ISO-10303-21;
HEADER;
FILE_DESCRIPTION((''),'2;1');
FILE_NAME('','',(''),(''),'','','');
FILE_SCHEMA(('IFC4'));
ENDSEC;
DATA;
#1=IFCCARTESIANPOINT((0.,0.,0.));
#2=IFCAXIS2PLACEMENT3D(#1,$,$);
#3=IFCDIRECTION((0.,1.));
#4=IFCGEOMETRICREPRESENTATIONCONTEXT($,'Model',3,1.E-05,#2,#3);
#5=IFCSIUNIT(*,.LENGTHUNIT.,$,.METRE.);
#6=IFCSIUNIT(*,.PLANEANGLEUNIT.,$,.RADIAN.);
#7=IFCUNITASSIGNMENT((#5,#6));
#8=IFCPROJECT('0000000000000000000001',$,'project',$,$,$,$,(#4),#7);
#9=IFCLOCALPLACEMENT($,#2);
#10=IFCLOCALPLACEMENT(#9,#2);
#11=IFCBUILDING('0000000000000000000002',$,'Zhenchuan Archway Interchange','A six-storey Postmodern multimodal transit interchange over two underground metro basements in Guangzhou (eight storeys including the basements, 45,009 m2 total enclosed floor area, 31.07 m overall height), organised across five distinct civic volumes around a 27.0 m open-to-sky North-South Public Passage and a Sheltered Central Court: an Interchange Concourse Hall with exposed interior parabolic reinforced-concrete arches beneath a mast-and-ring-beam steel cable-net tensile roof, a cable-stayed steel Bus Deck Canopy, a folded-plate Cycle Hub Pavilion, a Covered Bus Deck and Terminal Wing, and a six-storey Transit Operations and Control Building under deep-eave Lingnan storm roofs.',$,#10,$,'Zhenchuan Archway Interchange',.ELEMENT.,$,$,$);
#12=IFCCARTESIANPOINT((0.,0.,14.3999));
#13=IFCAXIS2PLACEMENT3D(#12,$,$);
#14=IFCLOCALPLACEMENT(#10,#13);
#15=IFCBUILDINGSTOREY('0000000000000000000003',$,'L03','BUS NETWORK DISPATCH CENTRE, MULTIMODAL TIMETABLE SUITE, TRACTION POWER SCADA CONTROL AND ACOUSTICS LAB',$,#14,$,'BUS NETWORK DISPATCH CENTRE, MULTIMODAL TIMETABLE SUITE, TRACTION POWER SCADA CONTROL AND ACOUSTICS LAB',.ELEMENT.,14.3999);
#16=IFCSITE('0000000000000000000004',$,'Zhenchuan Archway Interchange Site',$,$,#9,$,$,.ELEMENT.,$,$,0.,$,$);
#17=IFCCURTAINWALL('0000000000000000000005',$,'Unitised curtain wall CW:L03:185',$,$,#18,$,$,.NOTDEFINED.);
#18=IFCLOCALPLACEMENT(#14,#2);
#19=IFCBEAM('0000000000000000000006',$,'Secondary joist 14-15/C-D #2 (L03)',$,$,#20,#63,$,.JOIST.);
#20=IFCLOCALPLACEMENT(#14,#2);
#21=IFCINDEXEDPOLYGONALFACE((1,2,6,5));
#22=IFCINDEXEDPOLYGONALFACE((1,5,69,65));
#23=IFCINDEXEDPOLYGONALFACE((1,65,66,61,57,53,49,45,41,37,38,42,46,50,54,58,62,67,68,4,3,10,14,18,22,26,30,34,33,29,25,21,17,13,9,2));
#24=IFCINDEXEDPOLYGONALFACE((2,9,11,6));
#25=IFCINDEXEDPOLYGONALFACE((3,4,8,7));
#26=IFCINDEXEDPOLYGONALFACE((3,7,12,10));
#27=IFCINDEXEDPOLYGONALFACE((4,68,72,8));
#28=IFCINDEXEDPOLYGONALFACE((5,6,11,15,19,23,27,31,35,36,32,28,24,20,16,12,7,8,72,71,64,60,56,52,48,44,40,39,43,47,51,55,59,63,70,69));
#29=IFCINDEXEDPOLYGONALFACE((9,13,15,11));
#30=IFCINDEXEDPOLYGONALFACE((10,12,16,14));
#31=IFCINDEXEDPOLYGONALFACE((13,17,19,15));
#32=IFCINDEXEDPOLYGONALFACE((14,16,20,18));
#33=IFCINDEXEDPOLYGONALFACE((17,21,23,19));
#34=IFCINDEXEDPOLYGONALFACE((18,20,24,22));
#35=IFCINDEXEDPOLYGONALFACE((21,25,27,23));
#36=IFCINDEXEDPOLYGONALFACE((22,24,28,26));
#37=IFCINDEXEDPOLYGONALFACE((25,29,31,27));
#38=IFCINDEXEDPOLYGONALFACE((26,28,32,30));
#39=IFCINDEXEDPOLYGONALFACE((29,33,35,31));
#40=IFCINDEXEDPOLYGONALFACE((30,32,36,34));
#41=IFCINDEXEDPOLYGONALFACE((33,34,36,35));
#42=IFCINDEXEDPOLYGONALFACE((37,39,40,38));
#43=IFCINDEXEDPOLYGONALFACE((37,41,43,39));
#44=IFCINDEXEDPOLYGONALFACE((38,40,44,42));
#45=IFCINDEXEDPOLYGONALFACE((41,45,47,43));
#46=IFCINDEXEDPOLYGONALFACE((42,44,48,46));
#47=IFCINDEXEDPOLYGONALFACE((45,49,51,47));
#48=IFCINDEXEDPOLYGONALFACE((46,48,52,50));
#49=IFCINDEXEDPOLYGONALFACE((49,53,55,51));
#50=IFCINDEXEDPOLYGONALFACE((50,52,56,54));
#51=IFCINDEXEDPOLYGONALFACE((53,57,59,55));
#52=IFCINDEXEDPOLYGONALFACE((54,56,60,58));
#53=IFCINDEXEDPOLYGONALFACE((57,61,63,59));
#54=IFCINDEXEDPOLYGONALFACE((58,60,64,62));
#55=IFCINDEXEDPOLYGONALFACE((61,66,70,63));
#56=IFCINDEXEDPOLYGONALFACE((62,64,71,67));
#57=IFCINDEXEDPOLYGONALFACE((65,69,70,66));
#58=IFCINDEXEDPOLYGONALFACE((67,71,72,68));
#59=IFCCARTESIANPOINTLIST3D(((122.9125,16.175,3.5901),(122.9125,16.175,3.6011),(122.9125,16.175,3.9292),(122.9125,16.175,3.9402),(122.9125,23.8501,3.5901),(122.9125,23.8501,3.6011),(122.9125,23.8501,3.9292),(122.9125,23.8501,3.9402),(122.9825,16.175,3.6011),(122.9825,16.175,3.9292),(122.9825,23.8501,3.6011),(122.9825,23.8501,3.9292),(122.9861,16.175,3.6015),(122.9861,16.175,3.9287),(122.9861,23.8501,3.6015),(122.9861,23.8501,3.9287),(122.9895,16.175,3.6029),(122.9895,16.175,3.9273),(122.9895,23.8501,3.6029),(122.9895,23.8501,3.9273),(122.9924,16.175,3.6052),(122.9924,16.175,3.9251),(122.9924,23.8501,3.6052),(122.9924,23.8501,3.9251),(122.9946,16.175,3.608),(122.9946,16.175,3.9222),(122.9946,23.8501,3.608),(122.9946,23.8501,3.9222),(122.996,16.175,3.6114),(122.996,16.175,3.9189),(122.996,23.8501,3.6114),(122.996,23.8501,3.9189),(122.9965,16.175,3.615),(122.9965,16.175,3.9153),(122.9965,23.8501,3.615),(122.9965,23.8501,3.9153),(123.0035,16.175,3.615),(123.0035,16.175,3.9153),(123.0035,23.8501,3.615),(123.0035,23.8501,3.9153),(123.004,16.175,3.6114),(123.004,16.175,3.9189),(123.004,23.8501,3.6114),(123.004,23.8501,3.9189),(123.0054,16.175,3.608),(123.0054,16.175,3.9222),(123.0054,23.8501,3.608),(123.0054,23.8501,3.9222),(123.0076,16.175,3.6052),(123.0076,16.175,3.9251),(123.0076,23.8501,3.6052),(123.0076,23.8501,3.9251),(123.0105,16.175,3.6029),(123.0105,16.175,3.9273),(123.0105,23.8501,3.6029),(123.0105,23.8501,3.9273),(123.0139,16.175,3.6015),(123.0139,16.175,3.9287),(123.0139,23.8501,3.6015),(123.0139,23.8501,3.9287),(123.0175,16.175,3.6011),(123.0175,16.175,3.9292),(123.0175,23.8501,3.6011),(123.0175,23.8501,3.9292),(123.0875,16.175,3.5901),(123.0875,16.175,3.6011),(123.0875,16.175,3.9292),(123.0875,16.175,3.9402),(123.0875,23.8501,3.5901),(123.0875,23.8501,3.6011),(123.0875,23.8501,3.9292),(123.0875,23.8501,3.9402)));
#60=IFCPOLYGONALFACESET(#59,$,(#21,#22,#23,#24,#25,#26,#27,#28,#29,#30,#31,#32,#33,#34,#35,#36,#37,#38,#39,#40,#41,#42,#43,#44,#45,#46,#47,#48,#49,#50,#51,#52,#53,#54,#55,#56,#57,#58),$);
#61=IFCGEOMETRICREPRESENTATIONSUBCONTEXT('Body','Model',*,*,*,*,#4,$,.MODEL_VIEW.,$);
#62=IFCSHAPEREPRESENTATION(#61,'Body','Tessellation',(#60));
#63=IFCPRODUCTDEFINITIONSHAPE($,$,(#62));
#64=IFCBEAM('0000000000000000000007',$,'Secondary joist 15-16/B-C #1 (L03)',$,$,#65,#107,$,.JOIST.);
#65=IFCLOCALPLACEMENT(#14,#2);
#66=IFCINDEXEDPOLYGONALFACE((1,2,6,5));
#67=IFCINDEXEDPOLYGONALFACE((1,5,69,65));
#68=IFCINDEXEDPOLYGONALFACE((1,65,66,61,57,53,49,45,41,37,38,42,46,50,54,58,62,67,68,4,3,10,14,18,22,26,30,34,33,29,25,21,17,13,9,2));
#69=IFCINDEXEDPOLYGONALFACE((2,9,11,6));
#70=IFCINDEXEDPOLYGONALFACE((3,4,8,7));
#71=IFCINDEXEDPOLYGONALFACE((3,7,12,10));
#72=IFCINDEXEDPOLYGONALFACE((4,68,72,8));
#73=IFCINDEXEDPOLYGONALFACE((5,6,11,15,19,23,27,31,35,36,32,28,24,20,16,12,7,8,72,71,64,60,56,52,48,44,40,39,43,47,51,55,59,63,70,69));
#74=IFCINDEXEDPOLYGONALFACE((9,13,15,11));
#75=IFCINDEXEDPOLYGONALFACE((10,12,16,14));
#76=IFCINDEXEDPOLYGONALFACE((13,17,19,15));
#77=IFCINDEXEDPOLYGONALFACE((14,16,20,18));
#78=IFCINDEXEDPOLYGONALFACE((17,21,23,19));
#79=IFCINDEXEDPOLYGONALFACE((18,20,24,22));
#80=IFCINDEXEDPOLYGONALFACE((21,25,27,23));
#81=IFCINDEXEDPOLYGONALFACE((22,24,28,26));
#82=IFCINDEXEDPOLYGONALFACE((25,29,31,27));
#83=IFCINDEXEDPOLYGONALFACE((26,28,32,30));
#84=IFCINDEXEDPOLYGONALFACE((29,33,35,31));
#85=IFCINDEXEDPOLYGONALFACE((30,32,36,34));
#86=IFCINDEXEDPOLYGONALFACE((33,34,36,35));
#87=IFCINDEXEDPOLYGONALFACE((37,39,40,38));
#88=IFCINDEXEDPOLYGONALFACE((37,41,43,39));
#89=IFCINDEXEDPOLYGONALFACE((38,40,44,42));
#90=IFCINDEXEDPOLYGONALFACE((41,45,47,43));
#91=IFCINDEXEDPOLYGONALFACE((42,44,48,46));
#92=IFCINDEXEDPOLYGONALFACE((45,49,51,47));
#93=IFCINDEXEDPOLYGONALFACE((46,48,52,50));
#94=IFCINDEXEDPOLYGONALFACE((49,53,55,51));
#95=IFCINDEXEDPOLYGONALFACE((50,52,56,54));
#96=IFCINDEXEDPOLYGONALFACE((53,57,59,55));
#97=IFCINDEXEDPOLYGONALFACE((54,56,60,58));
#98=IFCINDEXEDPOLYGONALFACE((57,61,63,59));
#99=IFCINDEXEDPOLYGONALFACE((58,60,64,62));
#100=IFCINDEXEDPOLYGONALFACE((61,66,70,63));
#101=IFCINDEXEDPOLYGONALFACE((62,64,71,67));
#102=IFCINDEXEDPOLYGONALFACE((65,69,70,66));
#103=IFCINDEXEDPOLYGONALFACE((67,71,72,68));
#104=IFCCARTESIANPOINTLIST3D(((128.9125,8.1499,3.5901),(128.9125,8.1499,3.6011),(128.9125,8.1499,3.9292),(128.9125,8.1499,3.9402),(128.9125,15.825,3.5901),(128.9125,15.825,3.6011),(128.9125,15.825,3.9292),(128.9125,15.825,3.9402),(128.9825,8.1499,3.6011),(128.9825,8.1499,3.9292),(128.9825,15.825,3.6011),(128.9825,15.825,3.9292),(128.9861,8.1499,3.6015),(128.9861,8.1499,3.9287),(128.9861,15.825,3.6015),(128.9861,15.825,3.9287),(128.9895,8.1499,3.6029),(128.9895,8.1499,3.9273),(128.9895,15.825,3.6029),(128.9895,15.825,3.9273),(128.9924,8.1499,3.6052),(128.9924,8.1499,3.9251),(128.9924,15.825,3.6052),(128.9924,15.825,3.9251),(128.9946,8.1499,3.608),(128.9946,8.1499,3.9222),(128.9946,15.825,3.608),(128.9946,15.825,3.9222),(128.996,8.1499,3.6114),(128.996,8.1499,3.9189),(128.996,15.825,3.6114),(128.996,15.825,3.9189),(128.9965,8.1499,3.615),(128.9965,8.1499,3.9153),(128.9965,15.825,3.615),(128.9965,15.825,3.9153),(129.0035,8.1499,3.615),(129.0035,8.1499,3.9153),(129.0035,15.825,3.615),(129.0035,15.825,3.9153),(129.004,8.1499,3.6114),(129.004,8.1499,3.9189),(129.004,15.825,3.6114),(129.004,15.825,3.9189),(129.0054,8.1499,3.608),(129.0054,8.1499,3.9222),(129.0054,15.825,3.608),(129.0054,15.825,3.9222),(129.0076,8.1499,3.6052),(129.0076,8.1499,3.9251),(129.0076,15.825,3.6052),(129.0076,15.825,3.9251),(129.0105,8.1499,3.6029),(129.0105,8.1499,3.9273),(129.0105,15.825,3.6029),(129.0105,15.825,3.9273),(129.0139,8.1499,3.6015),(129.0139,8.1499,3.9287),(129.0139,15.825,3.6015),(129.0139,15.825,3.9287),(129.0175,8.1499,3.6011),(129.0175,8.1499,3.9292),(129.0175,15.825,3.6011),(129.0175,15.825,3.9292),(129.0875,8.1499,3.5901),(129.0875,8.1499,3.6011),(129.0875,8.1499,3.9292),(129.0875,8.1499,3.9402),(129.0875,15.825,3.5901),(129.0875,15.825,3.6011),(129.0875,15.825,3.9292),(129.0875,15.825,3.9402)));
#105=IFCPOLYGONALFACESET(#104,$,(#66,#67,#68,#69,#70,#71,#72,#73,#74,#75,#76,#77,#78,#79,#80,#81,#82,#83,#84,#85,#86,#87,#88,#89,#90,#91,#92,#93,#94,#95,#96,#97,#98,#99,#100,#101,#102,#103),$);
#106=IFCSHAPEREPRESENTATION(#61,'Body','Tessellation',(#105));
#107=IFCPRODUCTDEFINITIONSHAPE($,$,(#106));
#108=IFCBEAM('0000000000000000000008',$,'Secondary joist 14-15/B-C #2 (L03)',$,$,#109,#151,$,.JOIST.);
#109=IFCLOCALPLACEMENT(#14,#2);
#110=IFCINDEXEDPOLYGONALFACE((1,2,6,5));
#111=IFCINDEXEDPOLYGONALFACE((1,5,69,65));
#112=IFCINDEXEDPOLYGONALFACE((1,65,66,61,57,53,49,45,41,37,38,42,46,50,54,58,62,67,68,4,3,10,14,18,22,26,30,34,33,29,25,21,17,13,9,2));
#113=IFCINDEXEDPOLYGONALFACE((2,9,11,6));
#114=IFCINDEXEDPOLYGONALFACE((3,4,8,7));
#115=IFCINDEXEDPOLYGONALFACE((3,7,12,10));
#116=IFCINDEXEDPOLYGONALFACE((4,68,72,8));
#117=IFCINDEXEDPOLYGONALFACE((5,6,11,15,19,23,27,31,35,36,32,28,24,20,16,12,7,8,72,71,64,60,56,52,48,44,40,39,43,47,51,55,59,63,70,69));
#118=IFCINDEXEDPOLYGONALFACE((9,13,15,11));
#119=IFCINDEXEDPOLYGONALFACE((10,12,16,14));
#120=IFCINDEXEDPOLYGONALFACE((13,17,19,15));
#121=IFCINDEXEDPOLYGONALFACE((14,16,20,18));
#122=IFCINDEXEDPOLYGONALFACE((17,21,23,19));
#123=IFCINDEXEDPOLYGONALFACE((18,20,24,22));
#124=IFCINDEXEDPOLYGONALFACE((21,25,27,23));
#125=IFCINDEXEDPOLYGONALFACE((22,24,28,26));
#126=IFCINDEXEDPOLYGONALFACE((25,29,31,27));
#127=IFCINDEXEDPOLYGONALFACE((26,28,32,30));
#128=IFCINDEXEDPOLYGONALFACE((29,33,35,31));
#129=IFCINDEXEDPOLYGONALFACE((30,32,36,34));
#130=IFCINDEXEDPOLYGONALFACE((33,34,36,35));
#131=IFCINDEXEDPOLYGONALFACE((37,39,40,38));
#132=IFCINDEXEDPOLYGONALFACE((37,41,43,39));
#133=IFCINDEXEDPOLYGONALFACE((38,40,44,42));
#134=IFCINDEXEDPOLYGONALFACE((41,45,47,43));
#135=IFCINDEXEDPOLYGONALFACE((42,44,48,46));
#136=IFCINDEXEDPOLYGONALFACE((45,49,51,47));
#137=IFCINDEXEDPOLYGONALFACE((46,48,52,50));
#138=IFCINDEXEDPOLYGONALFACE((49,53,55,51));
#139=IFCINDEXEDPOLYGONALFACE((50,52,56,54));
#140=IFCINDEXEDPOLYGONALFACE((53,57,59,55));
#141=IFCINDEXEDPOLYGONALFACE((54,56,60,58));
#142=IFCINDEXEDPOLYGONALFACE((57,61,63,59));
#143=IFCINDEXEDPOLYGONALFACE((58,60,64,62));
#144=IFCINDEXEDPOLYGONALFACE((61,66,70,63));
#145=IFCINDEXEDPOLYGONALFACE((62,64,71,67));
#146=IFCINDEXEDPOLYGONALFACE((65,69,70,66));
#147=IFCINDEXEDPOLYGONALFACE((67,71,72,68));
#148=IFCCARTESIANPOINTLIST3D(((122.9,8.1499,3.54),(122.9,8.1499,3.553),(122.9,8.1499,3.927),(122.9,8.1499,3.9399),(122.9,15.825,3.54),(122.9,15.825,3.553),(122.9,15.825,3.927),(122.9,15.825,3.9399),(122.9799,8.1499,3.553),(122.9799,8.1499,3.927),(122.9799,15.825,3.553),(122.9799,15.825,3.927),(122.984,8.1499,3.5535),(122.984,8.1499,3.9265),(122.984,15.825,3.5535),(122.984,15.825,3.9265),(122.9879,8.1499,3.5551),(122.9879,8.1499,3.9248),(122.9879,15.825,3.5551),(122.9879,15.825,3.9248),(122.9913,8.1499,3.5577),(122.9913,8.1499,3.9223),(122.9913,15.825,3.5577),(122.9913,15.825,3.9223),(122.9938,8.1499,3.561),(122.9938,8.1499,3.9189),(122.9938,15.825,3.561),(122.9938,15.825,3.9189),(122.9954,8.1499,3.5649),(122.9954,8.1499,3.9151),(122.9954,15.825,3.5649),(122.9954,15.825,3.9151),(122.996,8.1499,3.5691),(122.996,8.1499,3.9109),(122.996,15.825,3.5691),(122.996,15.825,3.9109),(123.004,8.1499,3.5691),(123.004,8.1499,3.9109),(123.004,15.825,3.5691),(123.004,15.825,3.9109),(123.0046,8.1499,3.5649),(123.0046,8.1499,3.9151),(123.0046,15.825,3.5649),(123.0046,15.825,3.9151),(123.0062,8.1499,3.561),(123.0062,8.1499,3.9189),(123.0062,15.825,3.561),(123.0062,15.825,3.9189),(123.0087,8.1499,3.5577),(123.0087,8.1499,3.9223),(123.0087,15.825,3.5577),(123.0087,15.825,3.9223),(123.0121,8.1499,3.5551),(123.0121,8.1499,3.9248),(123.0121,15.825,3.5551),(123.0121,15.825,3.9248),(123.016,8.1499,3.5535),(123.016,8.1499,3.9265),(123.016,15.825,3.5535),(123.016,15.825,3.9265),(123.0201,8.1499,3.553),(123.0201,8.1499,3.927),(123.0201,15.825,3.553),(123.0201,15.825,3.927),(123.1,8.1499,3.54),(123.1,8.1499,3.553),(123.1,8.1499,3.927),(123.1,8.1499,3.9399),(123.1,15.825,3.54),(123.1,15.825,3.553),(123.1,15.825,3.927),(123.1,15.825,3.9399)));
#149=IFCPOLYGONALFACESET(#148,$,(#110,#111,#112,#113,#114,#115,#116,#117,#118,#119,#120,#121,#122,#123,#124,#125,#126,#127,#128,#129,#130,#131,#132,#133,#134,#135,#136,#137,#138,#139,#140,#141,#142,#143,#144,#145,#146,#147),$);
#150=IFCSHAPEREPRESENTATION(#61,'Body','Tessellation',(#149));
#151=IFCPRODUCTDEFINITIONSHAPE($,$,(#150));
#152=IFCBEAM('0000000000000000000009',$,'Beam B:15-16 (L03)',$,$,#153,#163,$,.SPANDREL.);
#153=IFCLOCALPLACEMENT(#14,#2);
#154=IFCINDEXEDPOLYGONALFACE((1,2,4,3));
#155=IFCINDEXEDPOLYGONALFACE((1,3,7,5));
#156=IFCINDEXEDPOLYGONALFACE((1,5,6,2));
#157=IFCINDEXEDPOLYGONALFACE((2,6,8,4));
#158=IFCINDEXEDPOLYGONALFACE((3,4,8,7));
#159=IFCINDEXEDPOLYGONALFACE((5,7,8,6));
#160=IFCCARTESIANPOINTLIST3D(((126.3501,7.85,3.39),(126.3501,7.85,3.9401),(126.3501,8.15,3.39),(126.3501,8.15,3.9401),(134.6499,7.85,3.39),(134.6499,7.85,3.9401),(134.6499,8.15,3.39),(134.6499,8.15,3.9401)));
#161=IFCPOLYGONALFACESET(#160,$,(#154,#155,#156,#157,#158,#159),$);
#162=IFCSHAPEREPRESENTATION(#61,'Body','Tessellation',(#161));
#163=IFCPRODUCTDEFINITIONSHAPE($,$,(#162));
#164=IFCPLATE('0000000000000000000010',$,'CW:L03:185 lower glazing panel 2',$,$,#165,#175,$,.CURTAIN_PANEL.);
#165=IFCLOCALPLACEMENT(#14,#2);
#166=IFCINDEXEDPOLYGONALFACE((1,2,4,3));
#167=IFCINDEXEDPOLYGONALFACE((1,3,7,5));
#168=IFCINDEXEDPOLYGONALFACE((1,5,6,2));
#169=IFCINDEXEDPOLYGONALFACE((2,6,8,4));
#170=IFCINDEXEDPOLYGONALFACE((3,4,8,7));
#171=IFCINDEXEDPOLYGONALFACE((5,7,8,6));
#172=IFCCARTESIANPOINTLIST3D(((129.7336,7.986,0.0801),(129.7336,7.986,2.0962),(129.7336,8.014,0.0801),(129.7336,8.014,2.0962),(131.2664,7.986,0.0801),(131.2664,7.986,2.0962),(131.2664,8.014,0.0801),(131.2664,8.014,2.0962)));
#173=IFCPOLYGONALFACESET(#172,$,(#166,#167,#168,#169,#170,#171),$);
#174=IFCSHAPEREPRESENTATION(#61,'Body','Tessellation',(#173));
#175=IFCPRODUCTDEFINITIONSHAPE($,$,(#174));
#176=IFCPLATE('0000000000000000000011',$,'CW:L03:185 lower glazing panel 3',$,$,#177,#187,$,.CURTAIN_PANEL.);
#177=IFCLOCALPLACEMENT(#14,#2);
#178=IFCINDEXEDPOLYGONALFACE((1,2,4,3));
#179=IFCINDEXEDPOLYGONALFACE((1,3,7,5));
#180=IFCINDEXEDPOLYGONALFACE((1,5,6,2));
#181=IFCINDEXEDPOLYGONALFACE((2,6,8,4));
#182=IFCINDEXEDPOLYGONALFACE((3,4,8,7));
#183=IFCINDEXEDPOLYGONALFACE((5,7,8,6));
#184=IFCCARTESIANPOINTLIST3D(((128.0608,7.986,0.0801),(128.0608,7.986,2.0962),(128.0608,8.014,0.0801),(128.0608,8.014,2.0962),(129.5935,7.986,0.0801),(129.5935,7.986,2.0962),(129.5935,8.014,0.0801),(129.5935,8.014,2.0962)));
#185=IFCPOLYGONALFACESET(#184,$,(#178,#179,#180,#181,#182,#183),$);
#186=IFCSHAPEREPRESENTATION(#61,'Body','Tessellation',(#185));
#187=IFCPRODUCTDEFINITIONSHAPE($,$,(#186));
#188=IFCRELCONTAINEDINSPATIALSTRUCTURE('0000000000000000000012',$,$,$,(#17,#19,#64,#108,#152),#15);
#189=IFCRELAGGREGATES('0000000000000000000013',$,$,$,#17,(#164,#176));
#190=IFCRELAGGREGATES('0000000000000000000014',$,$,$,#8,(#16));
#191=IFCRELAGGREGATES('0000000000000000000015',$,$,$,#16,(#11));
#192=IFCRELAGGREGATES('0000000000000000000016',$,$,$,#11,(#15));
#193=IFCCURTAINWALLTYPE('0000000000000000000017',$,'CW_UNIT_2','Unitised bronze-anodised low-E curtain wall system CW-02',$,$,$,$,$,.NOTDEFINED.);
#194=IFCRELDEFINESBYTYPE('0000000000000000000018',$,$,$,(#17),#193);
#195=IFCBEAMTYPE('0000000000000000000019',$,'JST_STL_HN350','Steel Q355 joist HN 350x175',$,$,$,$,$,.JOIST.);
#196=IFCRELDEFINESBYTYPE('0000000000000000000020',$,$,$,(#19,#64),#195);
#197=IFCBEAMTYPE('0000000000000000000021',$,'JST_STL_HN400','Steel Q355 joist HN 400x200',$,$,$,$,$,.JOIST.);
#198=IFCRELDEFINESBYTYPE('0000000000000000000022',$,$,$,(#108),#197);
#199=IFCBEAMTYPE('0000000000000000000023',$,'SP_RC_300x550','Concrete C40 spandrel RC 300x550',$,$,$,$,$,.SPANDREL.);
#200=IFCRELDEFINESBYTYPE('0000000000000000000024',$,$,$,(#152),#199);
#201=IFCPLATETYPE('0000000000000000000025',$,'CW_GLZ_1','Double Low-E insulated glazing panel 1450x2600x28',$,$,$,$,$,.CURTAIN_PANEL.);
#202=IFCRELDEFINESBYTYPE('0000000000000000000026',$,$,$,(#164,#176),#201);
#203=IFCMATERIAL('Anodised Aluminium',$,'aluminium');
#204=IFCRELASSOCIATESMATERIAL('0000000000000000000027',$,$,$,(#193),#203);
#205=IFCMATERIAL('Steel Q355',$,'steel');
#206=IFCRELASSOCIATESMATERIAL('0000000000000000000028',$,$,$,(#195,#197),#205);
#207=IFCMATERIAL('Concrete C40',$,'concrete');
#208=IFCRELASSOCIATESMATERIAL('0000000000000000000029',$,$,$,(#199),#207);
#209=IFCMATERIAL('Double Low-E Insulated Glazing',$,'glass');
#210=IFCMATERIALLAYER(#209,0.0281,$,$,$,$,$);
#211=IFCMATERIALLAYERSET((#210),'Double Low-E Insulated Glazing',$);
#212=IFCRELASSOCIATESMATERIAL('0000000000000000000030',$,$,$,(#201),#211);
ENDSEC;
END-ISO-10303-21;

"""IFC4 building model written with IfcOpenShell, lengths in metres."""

from ifc_helpers import new_model, si_unit, direction, frame, origin, origin_2d, place, context, subcontext, project, spatial, rectangle, i_section, extrude, material, layer, layer_set, material_profile, profile_set, type_object, element, aggregate, save


model = new_model("IFC4")

# Units and contexts
model_context = context("Model", 3, precision=1e-05, world=origin(), true_north=direction((0.0, 1.0)))
body_context = subcontext(model_context, "Body", "Model", "MODEL_VIEW")
ifc_project = project(units=[si_unit("LENGTHUNIT", "METRE"), si_unit("PLANEANGLEUNIT", "RADIAN")], contexts=[model_context])

# Site, building, storey
site_placement = place(None, origin())
site = spatial("IfcSite", under=ifc_project, at=site_placement, Name="Zhenchuan Archway Interchange Site", CompositionType="ELEMENT", RefElevation=0.0)
building_placement = place(site_placement, origin())
building = spatial("IfcBuilding", under=site, at=building_placement, Name="Zhenchuan Archway Interchange", Description="A six-storey Postmodern multimodal transit interchange over two underground metro basements in Guangzhou (eight storeys including the basements, 45,009 m2 total enclosed floor area, 31.07 m overall height), organised across five distinct civic volumes around a 27.0 m open-to-sky North-South Public Passage and a Sheltered Central Court: an Interchange Concourse Hall with exposed interior parabolic reinforced-concrete arches beneath a mast-and-ring-beam steel cable-net tensile roof, a cable-stayed steel Bus Deck Canopy, a folded-plate Cycle Hub Pavilion, a Covered Bus Deck and Terminal Wing, and a six-storey Transit Operations and Control Building under deep-eave Lingnan storm roofs.", LongName="Zhenchuan Archway Interchange", CompositionType="ELEMENT")
storey_placement = place(building_placement, frame((0.0, 0.0, 14.3999)))
storey = spatial("IfcBuildingStorey", under=building, at=storey_placement, Name="L03", Description="BUS NETWORK DISPATCH CENTRE, MULTIMODAL TIMETABLE SUITE, TRACTION POWER SCADA CONTROL AND ACOUSTICS LAB", LongName="BUS NETWORK DISPATCH CENTRE, MULTIMODAL TIMETABLE SUITE, TRACTION POWER SCADA CONTROL AND ACOUSTICS LAB", CompositionType="ELEMENT", Elevation=14.3999)

# Shared definitions
ifc_material_1 = material(Name="Concrete C40", Category="concrete")

# Curtain wall
ifc_material_2 = material(Name="Anodised Aluminium", Category="aluminium")
curtain_wall_type = type_object("IfcCurtainWallType", Name="CW_UNIT_2", Description="Unitised bronze-anodised low-E curtain wall system CW-02", PredefinedType="NOTDEFINED", material=ifc_material_2)
curtain_wall_placement = place(storey_placement, origin())
curtain_wall = element("IfcCurtainWall", 1, at=curtain_wall_placement, inside=storey, type_object=curtain_wall_type, Name="Unitised curtain wall CW:L03:185", PredefinedType="NOTDEFINED")

# Beams
ifc_material_3 = material(Name="Steel Q355", Category="steel")
ifc_material_profile_1 = material_profile(ifc_material_3, i_section(OverallWidth=0.175, OverallDepth=0.3501, WebThickness=0.0071, FlangeThickness=0.011, FilletRadius=0.0139, at=origin_2d()), Name="HN 350x175")
ifc_profile_set_1 = profile_set([ifc_material_profile_1], Name="Steel Q355")
beam_type_1 = type_object("IfcBeamType", Name="JST_STL_HN350", Description="Steel Q355 joist HN 350x175", PredefinedType="JOIST", material=ifc_profile_set_1)
for number, where, z_axis, x_axis, name in (
    (2, (123.0, 16.175, 3.7651), (0.0, 1.0, 0.0), (-1.0, 0.0, 0.0), "Secondary joist 14-15/C-D #2 (L03)"),
    (3, (129.0, 8.1499, 3.7651), (0.0, 1.0, 0.0), (-1.0, 0.0, 0.0), "Secondary joist 15-16/B-C #1 (L03)"),
):
    element("IfcBeam", number, at=place(storey_placement, frame(where, z_axis=z_axis, x_axis=x_axis)), inside=storey, type_object=beam_type_1, Name=name, PredefinedType="JOIST", context=body_context, shape_type="SweptSolid", body=[
        extrude(i_section(OverallWidth=0.175, OverallDepth=0.3501, WebThickness=0.0071, FlangeThickness=0.011, FilletRadius=0.0139, at=origin_2d()), origin(), (0.0, 0.0, 1.0), 7.675),
    ])
ifc_material_profile_2 = material_profile(ifc_material_3, i_section(OverallWidth=0.2, OverallDepth=0.3999, WebThickness=0.0081, FlangeThickness=0.0129, FilletRadius=0.0161, at=origin_2d()), Name="HN 400x200")
ifc_profile_set_2 = profile_set([ifc_material_profile_2], Name="Steel Q355")
beam_type_2 = type_object("IfcBeamType", Name="JST_STL_HN400", Description="Steel Q355 joist HN 400x200", PredefinedType="JOIST", material=ifc_profile_set_2)
beam_1_placement = place(storey_placement, frame((123.0, 8.1499, 3.74), z_axis=(0.0, 1.0, 0.0), x_axis=(-1.0, 0.0, 0.0)))
element("IfcBeam", 4, at=beam_1_placement, inside=storey, type_object=beam_type_2, Name="Secondary joist 14-15/B-C #2 (L03)", PredefinedType="JOIST", context=body_context, shape_type="SweptSolid", body=[
    extrude(i_section(OverallWidth=0.2, OverallDepth=0.3999, WebThickness=0.0081, FlangeThickness=0.0129, FilletRadius=0.0161, at=origin_2d()), origin(), (0.0, 0.0, 1.0), 7.675),
])
ifc_material_profile_3 = material_profile(ifc_material_1, rectangle(XDim=0.3, YDim=0.55, at=origin_2d()), Name="RC 300x550")
ifc_profile_set_3 = profile_set([ifc_material_profile_3], Name="Concrete C40")
beam_type_3 = type_object("IfcBeamType", Name="SP_RC_300x550", Description="Concrete C40 spandrel RC 300x550", PredefinedType="SPANDREL", material=ifc_profile_set_3)
beam_2_placement = place(storey_placement, frame((126.3501, 8.0, 3.665), z_axis=(1.0, 0.0, 0.0), x_axis=(0.0, 1.0, 0.0)))
element("IfcBeam", 5, at=beam_2_placement, inside=storey, type_object=beam_type_3, Name="Beam B:15-16 (L03)", PredefinedType="SPANDREL", context=body_context, shape_type="SweptSolid", body=[
    extrude(rectangle(XDim=0.3, YDim=0.55, at=origin_2d()), origin(), (0.0, 0.0, 1.0), 8.2998),
])

# Plates
ifc_material_4 = material(Name="Double Low-E Insulated Glazing", Category="glass")
ifc_layer_1 = layer(ifc_material_4, 0.0281)
ifc_layer_set_1 = layer_set([ifc_layer_1], Name="Double Low-E Insulated Glazing")
plate_type_1 = type_object("IfcPlateType", Name="CW_GLZ_1", Description="Double Low-E insulated glazing panel 1450x2600x28", PredefinedType="CURTAIN_PANEL", material=ifc_layer_set_1)
plate_1_placement = place(storey_placement, frame((130.5, 8.0, 0.0801), z_axis=(0.0, 0.0, 1.0), x_axis=(-1.0, 0.0, 0.0)))
plate_1 = element("IfcPlate", 6, at=plate_1_placement, type_object=plate_type_1, Name="CW:L03:185 lower glazing panel 2", PredefinedType="CURTAIN_PANEL", context=body_context, shape_type="SweptSolid", body=[
    extrude(rectangle(XDim=1.5327, YDim=0.0281, at=origin_2d()), origin(), (0.0, 0.0, 1.0), 2.0161),
])
plate_2_placement = place(storey_placement, frame((128.8271, 8.0, 0.0801), z_axis=(0.0, 0.0, 1.0), x_axis=(-1.0, 0.0, 0.0)))
plate_2 = element("IfcPlate", 7, at=plate_2_placement, type_object=plate_type_1, Name="CW:L03:185 lower glazing panel 3", PredefinedType="CURTAIN_PANEL", context=body_context, shape_type="SweptSolid", body=[
    extrude(rectangle(XDim=1.5327, YDim=0.0281, at=origin_2d()), origin(), (0.0, 0.0, 1.0), 2.0161),
])
aggregate(curtain_wall, [plate_1, plate_2])

save(model, "model.ifc")
